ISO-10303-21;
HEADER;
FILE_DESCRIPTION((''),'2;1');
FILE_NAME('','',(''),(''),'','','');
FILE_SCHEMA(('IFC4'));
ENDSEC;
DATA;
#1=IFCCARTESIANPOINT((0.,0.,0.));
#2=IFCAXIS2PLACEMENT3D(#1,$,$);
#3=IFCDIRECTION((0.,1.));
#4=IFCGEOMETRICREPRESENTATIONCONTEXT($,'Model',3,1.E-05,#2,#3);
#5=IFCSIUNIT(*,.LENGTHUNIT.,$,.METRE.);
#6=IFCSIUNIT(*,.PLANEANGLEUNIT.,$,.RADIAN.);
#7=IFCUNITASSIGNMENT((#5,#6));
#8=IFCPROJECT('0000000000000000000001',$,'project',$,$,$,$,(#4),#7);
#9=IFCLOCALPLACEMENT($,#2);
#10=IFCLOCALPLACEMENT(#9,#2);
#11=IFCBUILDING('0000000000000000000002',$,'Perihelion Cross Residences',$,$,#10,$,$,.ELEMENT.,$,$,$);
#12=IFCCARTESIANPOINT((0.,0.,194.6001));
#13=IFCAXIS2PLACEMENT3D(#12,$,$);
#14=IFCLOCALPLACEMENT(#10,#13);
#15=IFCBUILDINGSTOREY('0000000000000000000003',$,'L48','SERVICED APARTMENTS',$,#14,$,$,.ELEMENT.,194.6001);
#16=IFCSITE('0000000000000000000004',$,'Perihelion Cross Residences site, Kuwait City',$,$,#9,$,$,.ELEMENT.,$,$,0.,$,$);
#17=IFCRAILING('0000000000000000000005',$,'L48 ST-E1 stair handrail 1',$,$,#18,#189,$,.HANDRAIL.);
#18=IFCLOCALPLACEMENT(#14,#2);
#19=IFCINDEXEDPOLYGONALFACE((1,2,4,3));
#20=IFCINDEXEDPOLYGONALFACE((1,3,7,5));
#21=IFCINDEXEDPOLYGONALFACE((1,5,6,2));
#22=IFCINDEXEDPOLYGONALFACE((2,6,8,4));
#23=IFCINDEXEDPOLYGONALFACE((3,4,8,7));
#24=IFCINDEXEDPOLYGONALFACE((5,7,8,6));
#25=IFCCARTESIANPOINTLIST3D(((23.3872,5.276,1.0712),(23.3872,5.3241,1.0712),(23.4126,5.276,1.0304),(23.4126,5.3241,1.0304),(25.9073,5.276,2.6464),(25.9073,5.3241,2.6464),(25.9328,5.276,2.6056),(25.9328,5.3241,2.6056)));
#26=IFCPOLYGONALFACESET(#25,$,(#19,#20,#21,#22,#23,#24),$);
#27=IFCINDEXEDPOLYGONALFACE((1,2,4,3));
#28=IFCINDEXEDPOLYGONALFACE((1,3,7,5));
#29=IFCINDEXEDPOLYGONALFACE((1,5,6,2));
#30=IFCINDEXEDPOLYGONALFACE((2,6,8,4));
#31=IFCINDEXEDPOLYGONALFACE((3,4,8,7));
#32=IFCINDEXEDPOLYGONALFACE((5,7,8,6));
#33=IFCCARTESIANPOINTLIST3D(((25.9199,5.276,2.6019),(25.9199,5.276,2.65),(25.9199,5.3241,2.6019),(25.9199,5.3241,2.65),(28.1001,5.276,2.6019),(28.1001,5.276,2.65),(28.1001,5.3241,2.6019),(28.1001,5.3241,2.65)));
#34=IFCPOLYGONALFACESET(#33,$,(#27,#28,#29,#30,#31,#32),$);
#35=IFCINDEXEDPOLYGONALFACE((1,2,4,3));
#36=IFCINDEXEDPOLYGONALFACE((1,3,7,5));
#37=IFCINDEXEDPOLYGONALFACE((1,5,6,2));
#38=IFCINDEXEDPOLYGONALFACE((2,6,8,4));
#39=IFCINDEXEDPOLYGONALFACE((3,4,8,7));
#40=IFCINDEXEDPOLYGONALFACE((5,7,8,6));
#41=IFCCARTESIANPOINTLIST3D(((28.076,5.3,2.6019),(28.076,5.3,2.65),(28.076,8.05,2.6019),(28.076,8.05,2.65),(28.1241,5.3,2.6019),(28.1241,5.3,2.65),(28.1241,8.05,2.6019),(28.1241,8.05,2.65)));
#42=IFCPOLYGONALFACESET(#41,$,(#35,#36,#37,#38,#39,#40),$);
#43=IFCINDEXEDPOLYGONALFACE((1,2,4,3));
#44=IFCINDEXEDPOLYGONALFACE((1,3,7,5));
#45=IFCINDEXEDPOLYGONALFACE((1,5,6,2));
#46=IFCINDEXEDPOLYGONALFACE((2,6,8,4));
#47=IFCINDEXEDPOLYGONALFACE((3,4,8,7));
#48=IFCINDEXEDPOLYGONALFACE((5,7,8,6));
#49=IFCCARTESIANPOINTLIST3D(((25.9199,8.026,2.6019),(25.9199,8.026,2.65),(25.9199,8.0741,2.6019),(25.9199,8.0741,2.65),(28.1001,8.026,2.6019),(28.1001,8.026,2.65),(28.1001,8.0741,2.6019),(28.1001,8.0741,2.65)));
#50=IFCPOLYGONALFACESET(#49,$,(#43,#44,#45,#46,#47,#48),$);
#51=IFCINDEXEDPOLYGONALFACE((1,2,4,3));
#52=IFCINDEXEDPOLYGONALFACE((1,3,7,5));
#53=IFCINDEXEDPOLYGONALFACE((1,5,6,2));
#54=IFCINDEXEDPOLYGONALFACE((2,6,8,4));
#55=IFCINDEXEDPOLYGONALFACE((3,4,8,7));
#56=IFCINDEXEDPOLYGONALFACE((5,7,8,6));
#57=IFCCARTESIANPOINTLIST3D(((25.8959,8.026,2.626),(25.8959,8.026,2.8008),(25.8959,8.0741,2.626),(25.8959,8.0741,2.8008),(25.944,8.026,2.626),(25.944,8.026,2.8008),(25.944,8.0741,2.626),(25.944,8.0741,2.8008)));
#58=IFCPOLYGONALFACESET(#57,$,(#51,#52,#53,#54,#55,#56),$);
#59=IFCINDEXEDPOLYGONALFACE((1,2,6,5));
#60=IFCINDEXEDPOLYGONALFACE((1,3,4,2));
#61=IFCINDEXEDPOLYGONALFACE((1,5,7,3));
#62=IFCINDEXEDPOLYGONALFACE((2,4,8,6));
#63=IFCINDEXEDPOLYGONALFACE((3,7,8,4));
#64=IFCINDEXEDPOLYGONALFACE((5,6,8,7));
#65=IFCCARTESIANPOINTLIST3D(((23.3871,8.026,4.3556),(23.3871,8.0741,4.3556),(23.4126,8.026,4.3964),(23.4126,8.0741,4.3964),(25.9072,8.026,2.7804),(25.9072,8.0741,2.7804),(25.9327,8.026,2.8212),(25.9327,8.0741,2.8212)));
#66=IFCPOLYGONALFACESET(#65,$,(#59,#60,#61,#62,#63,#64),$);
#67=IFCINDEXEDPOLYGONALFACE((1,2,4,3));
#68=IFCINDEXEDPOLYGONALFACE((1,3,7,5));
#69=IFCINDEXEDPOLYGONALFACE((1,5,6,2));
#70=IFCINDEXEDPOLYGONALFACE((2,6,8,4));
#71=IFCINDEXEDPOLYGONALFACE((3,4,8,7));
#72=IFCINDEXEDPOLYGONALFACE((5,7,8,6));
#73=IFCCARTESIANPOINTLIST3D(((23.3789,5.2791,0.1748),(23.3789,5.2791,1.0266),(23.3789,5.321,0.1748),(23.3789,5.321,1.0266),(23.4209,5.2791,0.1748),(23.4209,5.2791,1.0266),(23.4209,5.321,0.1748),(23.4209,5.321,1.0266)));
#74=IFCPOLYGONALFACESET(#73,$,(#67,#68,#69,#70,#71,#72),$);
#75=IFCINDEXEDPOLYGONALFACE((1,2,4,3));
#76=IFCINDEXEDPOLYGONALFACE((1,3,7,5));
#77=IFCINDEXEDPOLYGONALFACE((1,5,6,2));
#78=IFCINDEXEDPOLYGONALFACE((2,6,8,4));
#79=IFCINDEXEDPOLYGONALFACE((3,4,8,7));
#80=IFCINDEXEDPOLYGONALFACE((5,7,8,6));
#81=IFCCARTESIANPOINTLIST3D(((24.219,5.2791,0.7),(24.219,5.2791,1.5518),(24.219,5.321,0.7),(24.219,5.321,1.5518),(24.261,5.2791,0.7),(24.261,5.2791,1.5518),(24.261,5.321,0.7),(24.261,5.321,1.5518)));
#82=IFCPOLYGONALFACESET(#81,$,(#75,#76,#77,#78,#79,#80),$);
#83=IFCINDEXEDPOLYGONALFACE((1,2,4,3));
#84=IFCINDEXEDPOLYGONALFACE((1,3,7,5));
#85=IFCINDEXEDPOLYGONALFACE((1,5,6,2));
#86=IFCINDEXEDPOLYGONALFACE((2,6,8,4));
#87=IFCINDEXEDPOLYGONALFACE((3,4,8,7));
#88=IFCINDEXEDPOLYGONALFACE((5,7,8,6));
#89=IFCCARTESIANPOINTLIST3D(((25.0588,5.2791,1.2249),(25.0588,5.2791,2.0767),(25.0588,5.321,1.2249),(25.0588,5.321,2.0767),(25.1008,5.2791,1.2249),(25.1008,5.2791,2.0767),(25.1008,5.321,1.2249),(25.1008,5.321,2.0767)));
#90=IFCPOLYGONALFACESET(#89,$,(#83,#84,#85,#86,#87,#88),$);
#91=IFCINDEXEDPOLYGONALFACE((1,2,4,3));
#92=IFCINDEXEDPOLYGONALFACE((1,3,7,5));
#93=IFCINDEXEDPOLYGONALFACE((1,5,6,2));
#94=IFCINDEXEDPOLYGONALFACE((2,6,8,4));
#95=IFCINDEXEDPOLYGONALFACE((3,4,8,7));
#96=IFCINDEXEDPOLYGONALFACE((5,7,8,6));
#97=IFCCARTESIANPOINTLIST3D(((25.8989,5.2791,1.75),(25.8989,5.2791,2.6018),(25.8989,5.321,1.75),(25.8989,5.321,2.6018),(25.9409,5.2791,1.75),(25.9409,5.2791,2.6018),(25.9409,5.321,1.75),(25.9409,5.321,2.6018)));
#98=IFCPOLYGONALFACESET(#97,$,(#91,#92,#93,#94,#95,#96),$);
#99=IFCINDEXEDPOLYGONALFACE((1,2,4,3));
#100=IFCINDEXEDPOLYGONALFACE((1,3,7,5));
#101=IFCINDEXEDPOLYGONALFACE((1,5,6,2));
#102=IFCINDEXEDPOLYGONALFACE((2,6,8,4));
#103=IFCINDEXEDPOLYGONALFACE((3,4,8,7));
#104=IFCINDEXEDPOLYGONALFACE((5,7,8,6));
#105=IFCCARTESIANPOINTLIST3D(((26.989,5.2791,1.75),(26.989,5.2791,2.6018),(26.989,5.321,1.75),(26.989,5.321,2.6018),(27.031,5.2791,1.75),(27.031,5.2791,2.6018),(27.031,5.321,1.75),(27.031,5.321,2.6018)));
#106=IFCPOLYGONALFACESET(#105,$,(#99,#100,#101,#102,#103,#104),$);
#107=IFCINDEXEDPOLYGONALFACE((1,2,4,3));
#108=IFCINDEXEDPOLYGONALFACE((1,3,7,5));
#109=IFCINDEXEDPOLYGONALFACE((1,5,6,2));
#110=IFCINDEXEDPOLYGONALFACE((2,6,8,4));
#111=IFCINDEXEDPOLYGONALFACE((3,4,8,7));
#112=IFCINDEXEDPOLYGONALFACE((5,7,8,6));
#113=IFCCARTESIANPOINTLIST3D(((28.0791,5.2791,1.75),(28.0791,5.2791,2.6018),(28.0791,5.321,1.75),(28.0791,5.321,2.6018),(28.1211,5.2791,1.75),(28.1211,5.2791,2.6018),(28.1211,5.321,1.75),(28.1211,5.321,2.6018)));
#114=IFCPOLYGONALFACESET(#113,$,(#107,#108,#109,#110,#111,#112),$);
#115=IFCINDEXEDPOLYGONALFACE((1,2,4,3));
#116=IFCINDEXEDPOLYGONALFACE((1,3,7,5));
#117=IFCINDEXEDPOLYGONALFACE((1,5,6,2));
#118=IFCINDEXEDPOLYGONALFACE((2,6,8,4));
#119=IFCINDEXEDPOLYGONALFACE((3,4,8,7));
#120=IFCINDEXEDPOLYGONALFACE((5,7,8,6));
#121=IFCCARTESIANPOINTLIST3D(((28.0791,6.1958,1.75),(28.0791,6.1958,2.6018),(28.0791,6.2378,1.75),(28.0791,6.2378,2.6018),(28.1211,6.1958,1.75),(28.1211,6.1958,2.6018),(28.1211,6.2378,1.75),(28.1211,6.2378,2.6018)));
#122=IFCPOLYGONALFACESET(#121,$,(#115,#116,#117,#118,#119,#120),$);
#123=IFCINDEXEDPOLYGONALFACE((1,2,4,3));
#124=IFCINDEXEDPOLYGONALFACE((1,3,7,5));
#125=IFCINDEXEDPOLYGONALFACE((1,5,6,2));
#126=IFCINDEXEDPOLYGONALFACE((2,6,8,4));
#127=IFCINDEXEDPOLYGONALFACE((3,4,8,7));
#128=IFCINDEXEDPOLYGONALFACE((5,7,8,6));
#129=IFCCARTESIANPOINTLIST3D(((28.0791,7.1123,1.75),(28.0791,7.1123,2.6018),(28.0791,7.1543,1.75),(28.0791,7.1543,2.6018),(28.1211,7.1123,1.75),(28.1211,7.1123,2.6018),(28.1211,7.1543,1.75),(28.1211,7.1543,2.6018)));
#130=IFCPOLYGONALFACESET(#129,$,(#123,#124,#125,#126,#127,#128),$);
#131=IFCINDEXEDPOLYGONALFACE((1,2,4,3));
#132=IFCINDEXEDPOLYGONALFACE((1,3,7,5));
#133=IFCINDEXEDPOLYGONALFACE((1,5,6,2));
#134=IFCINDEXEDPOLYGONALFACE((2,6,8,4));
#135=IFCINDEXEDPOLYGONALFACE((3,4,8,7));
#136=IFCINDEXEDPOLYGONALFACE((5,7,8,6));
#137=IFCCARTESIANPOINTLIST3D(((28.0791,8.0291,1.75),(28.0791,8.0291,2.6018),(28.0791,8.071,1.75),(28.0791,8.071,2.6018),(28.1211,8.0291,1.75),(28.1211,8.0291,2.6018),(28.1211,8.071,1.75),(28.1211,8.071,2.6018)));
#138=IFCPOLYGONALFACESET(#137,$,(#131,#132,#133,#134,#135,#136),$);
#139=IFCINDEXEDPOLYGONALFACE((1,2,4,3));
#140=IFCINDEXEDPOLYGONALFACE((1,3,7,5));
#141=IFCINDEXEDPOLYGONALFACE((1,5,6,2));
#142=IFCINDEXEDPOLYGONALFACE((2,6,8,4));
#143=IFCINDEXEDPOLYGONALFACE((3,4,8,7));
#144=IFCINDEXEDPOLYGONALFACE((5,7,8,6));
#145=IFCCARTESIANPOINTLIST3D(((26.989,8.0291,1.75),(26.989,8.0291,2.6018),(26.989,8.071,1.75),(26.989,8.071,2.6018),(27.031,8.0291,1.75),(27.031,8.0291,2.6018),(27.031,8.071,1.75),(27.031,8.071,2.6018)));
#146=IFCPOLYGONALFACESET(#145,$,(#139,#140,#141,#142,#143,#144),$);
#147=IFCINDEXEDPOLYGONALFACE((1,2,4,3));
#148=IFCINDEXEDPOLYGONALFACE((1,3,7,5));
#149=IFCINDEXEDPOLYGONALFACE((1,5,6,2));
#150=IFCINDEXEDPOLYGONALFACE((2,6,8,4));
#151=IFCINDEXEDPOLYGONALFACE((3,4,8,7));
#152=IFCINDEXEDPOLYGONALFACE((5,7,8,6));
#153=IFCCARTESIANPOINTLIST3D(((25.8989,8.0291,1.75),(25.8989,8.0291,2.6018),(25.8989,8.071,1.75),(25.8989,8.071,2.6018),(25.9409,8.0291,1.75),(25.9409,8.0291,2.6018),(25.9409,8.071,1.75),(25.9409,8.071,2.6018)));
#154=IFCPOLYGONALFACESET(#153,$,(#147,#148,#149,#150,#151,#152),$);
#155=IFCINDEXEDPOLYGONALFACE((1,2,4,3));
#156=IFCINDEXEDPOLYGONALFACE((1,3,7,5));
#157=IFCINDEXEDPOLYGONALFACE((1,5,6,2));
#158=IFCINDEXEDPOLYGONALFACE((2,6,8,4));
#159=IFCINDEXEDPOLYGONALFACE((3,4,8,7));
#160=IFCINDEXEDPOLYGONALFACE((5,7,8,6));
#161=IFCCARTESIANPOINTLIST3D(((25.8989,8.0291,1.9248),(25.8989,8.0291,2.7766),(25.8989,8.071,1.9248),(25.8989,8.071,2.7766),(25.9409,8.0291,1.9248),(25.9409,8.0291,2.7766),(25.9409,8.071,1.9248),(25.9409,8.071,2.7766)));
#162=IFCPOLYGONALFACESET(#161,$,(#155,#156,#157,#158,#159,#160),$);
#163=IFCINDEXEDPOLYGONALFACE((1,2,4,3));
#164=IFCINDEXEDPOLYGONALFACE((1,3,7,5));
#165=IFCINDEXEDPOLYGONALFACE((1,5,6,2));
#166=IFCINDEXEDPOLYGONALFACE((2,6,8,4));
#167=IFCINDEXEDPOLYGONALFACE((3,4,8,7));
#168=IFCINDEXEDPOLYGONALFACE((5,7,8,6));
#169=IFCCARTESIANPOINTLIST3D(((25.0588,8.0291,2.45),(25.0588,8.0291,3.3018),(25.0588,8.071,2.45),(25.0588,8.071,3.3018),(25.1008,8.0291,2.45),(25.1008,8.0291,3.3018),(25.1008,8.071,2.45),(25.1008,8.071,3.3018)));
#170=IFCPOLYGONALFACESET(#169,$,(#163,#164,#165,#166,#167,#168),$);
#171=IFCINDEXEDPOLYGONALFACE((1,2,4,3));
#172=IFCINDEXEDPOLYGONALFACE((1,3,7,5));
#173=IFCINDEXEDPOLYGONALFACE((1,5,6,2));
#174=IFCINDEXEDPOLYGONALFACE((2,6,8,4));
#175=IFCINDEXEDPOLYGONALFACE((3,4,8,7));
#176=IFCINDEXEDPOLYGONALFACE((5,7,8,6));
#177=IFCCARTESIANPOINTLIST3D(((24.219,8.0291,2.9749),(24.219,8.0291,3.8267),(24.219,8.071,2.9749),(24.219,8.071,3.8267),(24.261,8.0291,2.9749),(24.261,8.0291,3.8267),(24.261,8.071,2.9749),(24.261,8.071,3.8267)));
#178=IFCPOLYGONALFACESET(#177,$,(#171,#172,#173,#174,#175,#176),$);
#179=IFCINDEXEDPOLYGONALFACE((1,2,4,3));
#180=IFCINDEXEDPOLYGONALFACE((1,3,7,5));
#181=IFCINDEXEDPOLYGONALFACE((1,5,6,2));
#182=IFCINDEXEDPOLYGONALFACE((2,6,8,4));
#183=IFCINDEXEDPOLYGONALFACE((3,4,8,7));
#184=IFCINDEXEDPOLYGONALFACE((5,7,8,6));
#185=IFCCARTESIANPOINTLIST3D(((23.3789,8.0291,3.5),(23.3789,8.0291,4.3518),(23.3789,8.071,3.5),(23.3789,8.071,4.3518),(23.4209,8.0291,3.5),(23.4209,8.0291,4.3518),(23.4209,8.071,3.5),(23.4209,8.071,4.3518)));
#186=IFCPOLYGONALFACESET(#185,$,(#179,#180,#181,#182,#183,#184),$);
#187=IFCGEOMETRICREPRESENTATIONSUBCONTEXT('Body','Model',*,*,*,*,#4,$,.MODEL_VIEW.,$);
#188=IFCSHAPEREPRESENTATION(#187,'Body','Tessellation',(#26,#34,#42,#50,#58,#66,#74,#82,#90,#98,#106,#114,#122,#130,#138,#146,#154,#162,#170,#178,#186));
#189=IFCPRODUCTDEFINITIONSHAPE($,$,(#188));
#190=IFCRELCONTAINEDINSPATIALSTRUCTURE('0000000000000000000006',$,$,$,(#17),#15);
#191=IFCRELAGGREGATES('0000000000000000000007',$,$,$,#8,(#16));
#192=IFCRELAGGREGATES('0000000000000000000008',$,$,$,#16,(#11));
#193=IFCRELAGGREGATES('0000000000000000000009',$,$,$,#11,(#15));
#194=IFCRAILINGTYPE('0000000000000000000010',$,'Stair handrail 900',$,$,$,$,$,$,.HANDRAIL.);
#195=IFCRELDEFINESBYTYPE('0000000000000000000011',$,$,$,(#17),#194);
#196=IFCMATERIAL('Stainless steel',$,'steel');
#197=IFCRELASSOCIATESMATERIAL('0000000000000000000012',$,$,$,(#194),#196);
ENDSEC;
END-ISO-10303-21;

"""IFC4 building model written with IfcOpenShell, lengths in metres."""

from ifc_helpers import new_model, si_unit, direction, frame, origin, origin_2d, place, context, subcontext, project, spatial, rectangle, extrude, material, type_object, element, save


model = new_model("IFC4")

# Units and contexts
model_context = context("Model", 3, precision=1e-05, world=origin(), true_north=direction((0.0, 1.0)))
body_context = subcontext(model_context, "Body", "Model", "MODEL_VIEW")
ifc_project = project(units=[si_unit("LENGTHUNIT", "METRE"), si_unit("PLANEANGLEUNIT", "RADIAN")], contexts=[model_context])

# Site, building, storey
site_placement = place(None, origin())
site = spatial("IfcSite", under=ifc_project, at=site_placement, Name="Perihelion Cross Residences site, Kuwait City", CompositionType="ELEMENT", RefElevation=0.0)
building_placement = place(site_placement, origin())
building = spatial("IfcBuilding", under=site, at=building_placement, Name="Perihelion Cross Residences", CompositionType="ELEMENT")
storey_placement = place(building_placement, frame((0.0, 0.0, 194.6001)))
storey = spatial("IfcBuildingStorey", under=building, at=storey_placement, Name="L48", Description="SERVICED APARTMENTS", CompositionType="ELEMENT", Elevation=194.6001)

# Railing
ifc_material_1 = material(Name="Stainless steel", Category="steel")
railing_type_1 = type_object("IfcRailingType", Name="Stair handrail 900", PredefinedType="HANDRAIL", material=ifc_material_1)
railing_1_placement = place(storey_placement, frame((23.3999, 5.3, 0.1748)))
element("IfcRailing", 1, at=railing_1_placement, inside=storey, type_object=railing_type_1, Name="L48 ST-E1 stair handrail 1", PredefinedType="HANDRAIL", context=body_context, shape_type="SweptSolid", body=[
    extrude(rectangle(XDim=0.0481, YDim=0.0481, at=origin_2d()), frame((0.0, 0.0, 0.876), z_axis=(0.847971, 0.0, 0.530043), x_axis=(0.0, 1.0, 0.0)), (0.0, 0.0, 1.0), 2.9719),
    extrude(rectangle(XDim=0.0481, YDim=0.0481, at=origin_2d()), frame((2.52, 0.0, 2.4512), z_axis=(1.0, 0.0, 0.0), x_axis=(0.0, 1.0, 0.0)), (0.0, 0.0, 1.0), 2.1802),
    extrude(rectangle(XDim=0.0481, YDim=0.0481, at=origin_2d()), frame((4.7002, 0.0, 2.4512), z_axis=(0.0, 1.0, 0.0), x_axis=(-1.0, 0.0, 0.0)), (0.0, 0.0, 1.0), 2.75),
    extrude(rectangle(XDim=0.0481, YDim=0.0481, at=origin_2d()), frame((4.7002, 2.75, 2.4512), z_axis=(-1.0, 0.0, 0.0), x_axis=(0.0, -1.0, 0.0)), (0.0, 0.0, 1.0), 2.1802),
    extrude(rectangle(XDim=0.0481, YDim=0.0481, at=origin_2d()), frame((2.52, 2.75, 2.4512), z_axis=(0.0, 0.0, 1.0), x_axis=(1.0, 0.0, 0.0)), (0.0, 0.0, 1.0), 0.1748),
    extrude(rectangle(XDim=0.0481, YDim=0.0481, at=origin_2d()), frame((2.52, 2.75, 2.626), z_axis=(-0.847971, 0.0, 0.530043), x_axis=(0.0, -1.0, 0.0)), (0.0, 0.0, 1.0), 2.9719),
    extrude(rectangle(XDim=0.042, YDim=0.042, at=origin_2d()), origin(), (0.0, 0.0, 1.0), 0.8518),
    extrude(rectangle(XDim=0.042, YDim=0.042, at=origin_2d()), frame((0.8401, 0.0, 0.5251)), (0.0, 0.0, 1.0), 0.8518),
    extrude(rectangle(XDim=0.042, YDim=0.042, at=origin_2d()), frame((1.6799, 0.0, 1.05)), (0.0, 0.0, 1.0), 0.8518),
    extrude(rectangle(XDim=0.042, YDim=0.042, at=origin_2d()), frame((2.52, 0.0, 1.5752)), (0.0, 0.0, 1.0), 0.8518),
    extrude(rectangle(XDim=0.042, YDim=0.042, at=origin_2d()), frame((3.6101, 0.0, 1.5752)), (0.0, 0.0, 1.0), 0.8518),
    extrude(rectangle(XDim=0.042, YDim=0.042, at=origin_2d()), frame((4.7002, 0.0, 1.5752)), (0.0, 0.0, 1.0), 0.8518),
    extrude(rectangle(XDim=0.042, YDim=0.042, at=origin_2d()), frame((4.7002, 0.9167, 1.5752)), (0.0, 0.0, 1.0), 0.8518),
    extrude(rectangle(XDim=0.042, YDim=0.042, at=origin_2d()), frame((4.7002, 1.8333, 1.5752)), (0.0, 0.0, 1.0), 0.8518),
    extrude(rectangle(XDim=0.042, YDim=0.042, at=origin_2d()), frame((4.7002, 2.75, 1.5752)), (0.0, 0.0, 1.0), 0.8518),
    extrude(rectangle(XDim=0.042, YDim=0.042, at=origin_2d()), frame((3.6101, 2.75, 1.5752)), (0.0, 0.0, 1.0), 0.8518),
    extrude(rectangle(XDim=0.042, YDim=0.042, at=origin_2d()), frame((2.52, 2.75, 1.5752)), (0.0, 0.0, 1.0), 0.8518),
    extrude(rectangle(XDim=0.042, YDim=0.042, at=origin_2d()), frame((2.52, 2.75, 1.75)), (0.0, 0.0, 1.0), 0.8518),
    extrude(rectangle(XDim=0.042, YDim=0.042, at=origin_2d()), frame((1.6799, 2.75, 2.2751)), (0.0, 0.0, 1.0), 0.8518),
    extrude(rectangle(XDim=0.042, YDim=0.042, at=origin_2d()), frame((0.8401, 2.75, 2.8)), (0.0, 0.0, 1.0), 0.8518),
    extrude(rectangle(XDim=0.042, YDim=0.042, at=origin_2d()), frame((0.0, 2.75, 3.3252)), (0.0, 0.0, 1.0), 0.8518),
])

save(model, "model.ifc")
